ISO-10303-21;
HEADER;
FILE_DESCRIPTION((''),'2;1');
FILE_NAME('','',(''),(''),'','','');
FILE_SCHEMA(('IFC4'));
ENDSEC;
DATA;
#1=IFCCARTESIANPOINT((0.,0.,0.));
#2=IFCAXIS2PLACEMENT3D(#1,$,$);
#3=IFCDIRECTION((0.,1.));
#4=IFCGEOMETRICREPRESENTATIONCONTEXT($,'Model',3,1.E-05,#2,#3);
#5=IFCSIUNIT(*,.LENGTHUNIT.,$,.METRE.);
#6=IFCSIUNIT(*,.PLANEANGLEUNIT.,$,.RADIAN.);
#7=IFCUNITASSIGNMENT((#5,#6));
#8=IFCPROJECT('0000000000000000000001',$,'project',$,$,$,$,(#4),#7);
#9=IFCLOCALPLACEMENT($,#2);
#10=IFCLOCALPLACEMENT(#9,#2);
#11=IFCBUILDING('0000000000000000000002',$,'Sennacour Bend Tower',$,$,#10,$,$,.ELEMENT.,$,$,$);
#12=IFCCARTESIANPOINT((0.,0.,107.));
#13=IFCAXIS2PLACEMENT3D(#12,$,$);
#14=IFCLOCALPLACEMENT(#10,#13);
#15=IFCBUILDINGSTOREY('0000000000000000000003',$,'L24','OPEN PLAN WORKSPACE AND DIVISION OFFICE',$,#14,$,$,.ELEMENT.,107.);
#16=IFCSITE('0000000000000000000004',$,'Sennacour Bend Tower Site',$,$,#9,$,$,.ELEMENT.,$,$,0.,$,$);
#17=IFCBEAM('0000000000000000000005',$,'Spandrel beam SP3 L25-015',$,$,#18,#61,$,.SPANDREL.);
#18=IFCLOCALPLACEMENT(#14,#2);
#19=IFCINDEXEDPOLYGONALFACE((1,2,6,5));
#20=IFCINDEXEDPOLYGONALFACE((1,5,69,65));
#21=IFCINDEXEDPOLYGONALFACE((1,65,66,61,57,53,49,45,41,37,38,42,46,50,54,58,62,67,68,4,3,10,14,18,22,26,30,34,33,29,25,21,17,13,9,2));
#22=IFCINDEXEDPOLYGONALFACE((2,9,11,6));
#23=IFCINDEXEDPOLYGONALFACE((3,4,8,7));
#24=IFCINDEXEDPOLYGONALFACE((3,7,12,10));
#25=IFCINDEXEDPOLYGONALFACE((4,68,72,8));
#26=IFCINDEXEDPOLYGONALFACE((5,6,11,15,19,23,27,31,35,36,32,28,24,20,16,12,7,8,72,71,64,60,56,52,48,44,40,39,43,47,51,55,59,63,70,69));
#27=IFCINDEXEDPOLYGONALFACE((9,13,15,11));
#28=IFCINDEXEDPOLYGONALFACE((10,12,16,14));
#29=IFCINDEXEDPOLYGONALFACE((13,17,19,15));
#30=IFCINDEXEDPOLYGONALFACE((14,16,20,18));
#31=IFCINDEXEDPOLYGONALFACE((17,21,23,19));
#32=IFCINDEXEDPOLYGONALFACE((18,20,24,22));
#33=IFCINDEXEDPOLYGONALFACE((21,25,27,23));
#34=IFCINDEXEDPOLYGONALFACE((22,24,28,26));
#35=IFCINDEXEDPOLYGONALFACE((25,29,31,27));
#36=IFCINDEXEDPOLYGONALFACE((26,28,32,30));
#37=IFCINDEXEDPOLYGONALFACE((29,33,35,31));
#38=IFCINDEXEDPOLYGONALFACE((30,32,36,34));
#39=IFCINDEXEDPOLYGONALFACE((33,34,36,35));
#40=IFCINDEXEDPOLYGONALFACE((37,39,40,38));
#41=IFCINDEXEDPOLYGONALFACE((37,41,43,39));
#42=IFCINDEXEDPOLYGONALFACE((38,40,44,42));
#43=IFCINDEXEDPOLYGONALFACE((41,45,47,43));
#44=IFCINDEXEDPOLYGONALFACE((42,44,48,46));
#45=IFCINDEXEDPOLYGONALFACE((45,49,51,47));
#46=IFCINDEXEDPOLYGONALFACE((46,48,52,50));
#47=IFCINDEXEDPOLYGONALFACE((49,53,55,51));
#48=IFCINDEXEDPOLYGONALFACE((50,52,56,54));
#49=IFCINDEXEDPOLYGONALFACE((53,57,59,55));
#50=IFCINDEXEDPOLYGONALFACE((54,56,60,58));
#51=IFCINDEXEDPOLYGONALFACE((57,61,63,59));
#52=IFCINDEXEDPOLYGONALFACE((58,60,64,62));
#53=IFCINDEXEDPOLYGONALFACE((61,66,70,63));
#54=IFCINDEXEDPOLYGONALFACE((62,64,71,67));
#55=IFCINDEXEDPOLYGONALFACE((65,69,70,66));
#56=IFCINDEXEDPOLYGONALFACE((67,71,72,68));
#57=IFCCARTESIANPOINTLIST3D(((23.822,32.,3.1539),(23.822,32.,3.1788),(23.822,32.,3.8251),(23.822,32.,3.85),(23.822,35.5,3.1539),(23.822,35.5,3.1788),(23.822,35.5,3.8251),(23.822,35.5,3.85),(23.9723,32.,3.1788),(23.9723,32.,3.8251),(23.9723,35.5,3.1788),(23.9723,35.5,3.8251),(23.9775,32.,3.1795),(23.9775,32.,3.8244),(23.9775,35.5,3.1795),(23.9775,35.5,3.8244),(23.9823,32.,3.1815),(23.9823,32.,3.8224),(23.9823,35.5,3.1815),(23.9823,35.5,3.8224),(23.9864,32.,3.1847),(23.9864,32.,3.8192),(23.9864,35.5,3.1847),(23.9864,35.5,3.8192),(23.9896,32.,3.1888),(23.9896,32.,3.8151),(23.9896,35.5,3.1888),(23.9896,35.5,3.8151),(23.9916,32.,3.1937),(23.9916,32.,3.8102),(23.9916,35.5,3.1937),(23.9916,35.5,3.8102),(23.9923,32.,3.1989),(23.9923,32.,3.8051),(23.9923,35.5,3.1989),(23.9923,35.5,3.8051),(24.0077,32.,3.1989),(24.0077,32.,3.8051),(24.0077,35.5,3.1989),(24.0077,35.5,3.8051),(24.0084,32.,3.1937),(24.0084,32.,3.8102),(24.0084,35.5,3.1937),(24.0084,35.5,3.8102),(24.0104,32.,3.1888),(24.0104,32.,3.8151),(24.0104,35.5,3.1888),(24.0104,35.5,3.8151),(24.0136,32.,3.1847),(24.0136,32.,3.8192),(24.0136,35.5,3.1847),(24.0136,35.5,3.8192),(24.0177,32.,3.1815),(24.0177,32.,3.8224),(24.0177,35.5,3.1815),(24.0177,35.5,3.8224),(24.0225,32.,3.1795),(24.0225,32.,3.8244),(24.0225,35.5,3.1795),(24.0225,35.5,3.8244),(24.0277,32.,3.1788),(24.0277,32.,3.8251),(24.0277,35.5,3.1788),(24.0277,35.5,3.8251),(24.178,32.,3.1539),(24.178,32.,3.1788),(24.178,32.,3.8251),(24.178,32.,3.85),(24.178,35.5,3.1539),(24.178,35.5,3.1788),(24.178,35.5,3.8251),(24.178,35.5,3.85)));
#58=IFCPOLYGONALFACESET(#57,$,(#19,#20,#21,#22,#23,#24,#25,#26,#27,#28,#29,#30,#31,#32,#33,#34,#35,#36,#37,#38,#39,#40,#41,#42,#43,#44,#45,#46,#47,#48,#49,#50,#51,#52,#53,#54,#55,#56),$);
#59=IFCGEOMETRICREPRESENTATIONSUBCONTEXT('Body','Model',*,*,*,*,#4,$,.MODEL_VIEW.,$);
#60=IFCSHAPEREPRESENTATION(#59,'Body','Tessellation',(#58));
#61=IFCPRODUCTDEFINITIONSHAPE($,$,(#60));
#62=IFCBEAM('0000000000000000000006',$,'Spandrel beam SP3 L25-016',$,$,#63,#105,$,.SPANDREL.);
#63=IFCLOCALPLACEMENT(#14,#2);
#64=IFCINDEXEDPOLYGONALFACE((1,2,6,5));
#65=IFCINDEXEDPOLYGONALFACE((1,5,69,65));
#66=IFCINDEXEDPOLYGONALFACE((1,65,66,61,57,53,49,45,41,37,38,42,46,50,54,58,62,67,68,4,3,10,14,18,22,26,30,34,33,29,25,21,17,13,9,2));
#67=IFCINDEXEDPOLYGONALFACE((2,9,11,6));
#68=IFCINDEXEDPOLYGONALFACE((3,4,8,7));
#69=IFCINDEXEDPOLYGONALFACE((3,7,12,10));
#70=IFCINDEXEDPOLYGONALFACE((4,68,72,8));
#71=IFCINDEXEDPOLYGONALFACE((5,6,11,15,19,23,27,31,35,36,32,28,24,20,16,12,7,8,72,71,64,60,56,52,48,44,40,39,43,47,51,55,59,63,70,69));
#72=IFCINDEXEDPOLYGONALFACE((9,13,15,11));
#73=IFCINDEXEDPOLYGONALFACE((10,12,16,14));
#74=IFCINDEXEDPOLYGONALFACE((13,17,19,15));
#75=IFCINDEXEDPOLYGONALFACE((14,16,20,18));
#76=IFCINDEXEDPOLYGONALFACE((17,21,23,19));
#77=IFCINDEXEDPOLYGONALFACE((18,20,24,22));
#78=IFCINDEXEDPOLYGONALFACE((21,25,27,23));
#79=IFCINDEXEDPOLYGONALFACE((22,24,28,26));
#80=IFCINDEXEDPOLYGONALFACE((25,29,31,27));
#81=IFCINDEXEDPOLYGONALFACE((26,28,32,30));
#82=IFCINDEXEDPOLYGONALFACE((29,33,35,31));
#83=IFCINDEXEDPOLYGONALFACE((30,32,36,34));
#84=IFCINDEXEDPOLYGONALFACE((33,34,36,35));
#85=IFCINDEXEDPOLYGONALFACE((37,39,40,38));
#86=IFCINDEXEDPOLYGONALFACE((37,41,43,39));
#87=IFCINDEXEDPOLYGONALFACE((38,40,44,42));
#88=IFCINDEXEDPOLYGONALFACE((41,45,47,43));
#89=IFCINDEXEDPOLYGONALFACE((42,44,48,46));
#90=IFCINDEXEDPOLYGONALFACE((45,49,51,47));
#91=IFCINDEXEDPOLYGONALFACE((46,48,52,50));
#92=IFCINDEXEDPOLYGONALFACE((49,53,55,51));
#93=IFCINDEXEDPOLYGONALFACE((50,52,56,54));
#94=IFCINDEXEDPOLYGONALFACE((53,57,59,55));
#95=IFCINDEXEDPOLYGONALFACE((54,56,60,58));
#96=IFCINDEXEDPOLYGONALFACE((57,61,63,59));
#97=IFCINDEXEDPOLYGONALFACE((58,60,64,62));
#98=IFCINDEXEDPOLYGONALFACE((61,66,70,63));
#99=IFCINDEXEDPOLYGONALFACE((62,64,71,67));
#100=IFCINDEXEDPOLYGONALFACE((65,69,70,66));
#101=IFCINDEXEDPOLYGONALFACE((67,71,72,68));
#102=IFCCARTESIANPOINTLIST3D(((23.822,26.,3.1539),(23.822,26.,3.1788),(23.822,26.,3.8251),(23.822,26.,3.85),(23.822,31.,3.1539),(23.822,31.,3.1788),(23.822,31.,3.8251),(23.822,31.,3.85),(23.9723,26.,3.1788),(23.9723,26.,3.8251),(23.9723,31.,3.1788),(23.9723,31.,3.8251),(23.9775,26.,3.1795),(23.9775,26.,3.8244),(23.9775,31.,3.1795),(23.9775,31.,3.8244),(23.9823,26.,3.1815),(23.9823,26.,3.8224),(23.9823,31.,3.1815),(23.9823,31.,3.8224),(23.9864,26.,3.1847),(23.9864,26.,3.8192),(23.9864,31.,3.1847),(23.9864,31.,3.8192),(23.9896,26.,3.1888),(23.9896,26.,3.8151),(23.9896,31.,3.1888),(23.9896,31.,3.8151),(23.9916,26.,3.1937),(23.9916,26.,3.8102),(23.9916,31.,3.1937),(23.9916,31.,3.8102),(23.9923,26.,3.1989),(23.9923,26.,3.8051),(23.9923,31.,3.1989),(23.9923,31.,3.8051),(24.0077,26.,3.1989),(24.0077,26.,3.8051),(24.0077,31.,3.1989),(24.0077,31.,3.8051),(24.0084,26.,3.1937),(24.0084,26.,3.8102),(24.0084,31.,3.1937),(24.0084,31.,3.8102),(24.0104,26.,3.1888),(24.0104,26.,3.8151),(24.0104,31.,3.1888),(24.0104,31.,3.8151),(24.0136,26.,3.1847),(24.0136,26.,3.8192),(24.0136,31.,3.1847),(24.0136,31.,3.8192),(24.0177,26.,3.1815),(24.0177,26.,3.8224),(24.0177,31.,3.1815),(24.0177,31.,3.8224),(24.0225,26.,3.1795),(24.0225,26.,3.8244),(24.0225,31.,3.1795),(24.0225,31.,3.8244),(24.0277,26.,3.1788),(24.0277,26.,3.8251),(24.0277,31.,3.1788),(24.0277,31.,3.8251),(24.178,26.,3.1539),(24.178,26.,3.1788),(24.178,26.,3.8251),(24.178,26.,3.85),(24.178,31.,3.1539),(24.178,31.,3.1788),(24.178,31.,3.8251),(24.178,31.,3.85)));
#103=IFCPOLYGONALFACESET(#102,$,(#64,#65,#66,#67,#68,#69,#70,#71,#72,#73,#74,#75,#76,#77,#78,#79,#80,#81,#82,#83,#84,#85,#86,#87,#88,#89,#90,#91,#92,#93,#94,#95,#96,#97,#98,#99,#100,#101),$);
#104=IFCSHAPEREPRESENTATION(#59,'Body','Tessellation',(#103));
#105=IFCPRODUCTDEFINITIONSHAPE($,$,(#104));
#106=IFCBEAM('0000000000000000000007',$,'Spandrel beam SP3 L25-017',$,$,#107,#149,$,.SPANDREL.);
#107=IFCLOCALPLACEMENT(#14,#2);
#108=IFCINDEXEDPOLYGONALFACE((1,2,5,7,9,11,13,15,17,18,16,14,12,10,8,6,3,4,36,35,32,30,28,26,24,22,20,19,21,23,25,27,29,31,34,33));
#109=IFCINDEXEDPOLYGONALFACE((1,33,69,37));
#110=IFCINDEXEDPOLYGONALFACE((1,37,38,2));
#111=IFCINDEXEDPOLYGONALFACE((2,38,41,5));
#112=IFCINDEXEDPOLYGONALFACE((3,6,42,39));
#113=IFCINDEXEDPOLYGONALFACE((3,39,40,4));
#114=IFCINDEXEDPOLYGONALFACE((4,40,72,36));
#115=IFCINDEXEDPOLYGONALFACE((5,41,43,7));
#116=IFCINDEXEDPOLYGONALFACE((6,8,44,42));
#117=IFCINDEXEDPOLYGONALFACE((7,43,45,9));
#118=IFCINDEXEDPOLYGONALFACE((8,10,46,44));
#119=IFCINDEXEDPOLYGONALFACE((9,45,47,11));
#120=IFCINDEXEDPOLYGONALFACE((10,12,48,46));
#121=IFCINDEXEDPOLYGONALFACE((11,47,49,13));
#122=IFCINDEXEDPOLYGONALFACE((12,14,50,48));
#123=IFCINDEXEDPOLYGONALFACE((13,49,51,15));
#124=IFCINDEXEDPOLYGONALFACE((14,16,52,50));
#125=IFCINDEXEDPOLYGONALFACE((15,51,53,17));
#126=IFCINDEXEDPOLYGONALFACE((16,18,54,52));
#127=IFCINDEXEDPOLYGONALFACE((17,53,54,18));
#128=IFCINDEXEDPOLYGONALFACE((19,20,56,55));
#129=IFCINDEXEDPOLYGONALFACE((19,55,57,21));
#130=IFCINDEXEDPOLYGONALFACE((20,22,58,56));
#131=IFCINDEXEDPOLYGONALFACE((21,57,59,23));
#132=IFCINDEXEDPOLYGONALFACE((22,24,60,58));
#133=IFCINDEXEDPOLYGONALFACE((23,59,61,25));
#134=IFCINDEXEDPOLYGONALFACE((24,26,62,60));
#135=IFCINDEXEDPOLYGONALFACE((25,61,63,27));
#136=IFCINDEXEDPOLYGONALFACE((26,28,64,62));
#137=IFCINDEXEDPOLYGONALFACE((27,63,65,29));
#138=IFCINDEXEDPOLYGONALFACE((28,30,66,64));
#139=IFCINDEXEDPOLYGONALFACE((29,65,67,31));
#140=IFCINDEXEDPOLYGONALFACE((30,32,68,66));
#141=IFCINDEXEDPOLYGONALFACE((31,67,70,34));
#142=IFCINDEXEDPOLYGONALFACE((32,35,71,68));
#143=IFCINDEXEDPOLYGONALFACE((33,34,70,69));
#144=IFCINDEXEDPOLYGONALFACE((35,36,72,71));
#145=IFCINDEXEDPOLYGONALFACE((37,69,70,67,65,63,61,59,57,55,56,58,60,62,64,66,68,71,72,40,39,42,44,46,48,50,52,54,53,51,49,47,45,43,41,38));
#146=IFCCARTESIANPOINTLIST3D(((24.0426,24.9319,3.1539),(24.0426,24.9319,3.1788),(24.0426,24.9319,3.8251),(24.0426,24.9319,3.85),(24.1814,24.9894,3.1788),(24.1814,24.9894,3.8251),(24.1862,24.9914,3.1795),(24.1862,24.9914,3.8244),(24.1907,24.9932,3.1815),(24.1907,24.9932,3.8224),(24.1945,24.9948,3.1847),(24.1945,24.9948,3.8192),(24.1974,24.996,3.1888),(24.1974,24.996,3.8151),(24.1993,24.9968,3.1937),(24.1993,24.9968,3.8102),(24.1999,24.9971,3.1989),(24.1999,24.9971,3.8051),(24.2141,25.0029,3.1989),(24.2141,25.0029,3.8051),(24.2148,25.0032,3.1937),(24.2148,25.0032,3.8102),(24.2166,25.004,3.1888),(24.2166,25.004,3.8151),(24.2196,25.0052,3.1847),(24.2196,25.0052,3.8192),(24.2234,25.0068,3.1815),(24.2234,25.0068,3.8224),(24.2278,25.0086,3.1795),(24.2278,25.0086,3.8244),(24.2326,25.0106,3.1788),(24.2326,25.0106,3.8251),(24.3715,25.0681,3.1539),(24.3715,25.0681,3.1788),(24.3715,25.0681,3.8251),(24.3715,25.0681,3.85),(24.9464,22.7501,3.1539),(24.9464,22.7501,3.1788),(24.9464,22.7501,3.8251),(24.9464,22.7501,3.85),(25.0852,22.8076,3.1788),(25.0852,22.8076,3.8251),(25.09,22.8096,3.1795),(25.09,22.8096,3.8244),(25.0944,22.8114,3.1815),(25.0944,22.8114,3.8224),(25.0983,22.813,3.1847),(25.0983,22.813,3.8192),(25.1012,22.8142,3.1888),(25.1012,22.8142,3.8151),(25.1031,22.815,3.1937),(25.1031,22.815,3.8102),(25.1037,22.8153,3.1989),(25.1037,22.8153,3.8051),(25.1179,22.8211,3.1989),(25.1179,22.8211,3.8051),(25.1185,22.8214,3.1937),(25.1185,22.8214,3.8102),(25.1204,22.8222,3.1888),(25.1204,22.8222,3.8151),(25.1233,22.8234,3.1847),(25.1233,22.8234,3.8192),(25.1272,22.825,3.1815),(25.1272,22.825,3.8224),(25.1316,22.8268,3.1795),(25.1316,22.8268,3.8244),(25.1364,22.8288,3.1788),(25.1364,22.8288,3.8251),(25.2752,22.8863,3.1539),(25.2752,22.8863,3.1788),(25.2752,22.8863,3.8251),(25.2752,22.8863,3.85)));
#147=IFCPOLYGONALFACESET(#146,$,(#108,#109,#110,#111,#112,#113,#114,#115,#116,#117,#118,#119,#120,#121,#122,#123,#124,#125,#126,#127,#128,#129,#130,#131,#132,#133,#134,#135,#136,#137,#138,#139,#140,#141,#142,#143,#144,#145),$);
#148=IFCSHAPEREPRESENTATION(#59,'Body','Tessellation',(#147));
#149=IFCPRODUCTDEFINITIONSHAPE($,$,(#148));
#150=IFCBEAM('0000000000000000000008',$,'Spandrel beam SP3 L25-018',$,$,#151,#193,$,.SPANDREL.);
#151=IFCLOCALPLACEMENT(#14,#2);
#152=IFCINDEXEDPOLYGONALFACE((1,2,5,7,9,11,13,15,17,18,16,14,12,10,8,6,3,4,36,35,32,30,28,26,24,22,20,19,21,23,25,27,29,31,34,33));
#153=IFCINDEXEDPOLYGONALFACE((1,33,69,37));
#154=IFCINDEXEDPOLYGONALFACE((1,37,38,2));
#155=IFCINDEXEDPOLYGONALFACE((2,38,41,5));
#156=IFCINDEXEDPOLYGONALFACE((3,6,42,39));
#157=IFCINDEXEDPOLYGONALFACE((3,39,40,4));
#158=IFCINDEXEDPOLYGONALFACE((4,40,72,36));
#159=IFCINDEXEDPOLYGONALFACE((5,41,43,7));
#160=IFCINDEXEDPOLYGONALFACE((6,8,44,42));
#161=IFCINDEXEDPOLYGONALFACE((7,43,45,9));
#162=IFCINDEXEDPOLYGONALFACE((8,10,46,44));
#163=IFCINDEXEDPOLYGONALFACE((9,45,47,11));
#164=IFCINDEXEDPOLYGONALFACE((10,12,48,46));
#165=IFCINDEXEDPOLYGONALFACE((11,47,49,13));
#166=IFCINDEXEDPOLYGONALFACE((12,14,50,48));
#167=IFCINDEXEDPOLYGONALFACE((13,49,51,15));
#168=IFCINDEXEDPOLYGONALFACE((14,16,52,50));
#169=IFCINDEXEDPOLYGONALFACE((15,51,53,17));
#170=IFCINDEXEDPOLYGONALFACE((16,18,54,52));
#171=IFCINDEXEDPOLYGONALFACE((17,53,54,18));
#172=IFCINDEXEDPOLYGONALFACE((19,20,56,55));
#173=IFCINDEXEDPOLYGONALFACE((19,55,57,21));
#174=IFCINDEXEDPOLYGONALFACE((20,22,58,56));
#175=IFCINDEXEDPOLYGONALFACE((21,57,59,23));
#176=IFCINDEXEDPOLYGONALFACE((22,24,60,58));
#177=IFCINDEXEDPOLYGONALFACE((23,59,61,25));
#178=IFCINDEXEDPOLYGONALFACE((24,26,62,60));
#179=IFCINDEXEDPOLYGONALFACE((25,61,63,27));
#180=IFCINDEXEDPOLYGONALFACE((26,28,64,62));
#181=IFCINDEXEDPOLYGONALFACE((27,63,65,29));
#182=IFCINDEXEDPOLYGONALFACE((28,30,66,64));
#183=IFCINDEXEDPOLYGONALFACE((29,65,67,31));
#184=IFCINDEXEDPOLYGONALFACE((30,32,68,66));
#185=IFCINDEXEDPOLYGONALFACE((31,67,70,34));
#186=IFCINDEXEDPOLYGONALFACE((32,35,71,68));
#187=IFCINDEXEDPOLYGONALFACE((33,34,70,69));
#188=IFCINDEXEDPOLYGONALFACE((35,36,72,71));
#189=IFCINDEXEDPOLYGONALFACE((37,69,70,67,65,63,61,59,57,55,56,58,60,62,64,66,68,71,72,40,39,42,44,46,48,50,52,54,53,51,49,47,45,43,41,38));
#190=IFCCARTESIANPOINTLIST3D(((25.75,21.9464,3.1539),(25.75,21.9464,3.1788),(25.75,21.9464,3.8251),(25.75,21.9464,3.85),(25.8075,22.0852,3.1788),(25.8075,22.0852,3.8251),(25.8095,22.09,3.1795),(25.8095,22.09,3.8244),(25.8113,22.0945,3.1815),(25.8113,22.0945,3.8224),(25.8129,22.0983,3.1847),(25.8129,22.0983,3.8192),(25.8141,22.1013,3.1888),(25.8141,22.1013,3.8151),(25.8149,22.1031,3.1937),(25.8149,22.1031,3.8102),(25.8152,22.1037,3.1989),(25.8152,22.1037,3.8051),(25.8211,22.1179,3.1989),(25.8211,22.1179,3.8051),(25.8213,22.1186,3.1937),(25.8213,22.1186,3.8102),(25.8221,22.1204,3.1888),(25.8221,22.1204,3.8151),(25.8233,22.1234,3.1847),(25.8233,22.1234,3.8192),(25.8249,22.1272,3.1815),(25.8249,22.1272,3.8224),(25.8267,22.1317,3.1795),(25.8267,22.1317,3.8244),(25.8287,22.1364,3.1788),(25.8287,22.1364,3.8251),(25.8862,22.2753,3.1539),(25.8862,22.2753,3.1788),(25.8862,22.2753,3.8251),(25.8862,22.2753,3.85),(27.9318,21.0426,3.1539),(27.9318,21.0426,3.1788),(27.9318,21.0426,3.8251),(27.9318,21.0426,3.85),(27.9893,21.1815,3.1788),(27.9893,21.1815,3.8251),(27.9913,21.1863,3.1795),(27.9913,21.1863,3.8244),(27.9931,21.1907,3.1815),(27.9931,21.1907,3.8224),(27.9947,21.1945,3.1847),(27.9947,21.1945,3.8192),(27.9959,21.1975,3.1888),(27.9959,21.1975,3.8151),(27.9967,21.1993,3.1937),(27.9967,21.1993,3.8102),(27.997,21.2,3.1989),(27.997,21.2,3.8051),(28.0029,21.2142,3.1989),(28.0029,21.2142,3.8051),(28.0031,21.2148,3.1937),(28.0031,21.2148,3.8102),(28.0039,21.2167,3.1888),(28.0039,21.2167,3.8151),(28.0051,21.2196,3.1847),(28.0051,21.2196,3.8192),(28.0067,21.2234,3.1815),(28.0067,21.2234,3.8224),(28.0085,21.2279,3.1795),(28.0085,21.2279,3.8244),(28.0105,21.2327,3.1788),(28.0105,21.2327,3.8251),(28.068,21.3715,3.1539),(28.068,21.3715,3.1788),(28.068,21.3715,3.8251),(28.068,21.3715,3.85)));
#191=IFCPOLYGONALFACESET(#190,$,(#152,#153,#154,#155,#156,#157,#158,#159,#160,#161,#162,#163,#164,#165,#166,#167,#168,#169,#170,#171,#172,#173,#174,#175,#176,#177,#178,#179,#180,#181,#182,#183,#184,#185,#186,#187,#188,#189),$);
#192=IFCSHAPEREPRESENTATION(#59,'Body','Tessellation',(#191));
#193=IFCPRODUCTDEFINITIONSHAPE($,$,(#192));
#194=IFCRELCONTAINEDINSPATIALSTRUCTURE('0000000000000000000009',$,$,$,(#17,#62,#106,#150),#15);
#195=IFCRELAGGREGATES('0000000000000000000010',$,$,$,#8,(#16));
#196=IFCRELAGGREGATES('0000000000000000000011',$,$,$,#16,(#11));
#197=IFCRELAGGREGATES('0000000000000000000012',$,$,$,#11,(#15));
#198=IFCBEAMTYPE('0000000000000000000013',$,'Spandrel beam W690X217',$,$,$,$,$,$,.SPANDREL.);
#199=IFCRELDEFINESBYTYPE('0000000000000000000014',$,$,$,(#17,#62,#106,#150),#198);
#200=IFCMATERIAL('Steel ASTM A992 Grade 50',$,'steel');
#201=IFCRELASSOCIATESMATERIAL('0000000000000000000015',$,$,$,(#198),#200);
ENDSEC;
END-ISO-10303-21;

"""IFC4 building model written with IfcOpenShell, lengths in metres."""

from ifc_helpers import new_model, si_unit, direction, frame, origin, origin_2d, place, context, subcontext, project, spatial, i_section, extrude, material, material_profile, profile_set, type_object, element, save


model = new_model("IFC4")

# Units and contexts
model_context = context("Model", 3, precision=1e-05, world=origin(), true_north=direction((0.0, 1.0)))
body_context = subcontext(model_context, "Body", "Model", "MODEL_VIEW")
ifc_project = project(units=[si_unit("LENGTHUNIT", "METRE"), si_unit("PLANEANGLEUNIT", "RADIAN")], contexts=[model_context])

# Site, building, storey
site_placement = place(None, origin())
site = spatial("IfcSite", under=ifc_project, at=site_placement, Name="Sennacour Bend Tower Site", CompositionType="ELEMENT", RefElevation=0.0)
building_placement = place(site_placement, origin())
building = spatial("IfcBuilding", under=site, at=building_placement, Name="Sennacour Bend Tower", CompositionType="ELEMENT")
storey_placement = place(building_placement, frame((0.0, 0.0, 107.0)))
storey = spatial("IfcBuildingStorey", under=building, at=storey_placement, Name="L24", Description="OPEN PLAN WORKSPACE AND DIVISION OFFICE", CompositionType="ELEMENT", Elevation=107.0)

# Beams
ifc_material_1 = material(Name="Steel ASTM A992 Grade 50", Category="steel")
ifc_material_profile_1 = material_profile(ifc_material_1, i_section(OverallWidth=0.356, OverallDepth=0.696, WebThickness=0.0154, FlangeThickness=0.0249, FilletRadius=0.02, at=origin_2d()), Name="Steel ASTM A992 Grade 50", Category="steel")
ifc_profile_set_1 = profile_set([ifc_material_profile_1], Name="Steel ASTM A992 Grade 50")
beam_type_1 = type_object("IfcBeamType", Name="Spandrel beam W690X217", PredefinedType="SPANDREL", material=ifc_profile_set_1)
beam_1_placement = place(storey_placement, frame((24.0, 35.5, 3.502), z_axis=(0.0, -1.0, 0.0), x_axis=(1.0, 0.0, 0.0)))
element("IfcBeam", 1, at=beam_1_placement, inside=storey, type_object=beam_type_1, Name="Spandrel beam SP3 L25-015", PredefinedType="SPANDREL", context=body_context, shape_type="SweptSolid", body=[
    extrude(i_section(OverallWidth=0.356, OverallDepth=0.696, WebThickness=0.0154, FlangeThickness=0.0249, FilletRadius=0.02, at=origin_2d()), origin(), (0.0, 0.0, 1.0), 3.5),
])
beam_2_placement = place(storey_placement, frame((24.0, 31.0, 3.502), z_axis=(0.0, -1.0, 0.0), x_axis=(1.0, 0.0, 0.0)))
element("IfcBeam", 2, at=beam_2_placement, inside=storey, type_object=beam_type_1, Name="Spandrel beam SP3 L25-016", PredefinedType="SPANDREL", context=body_context, shape_type="SweptSolid", body=[
    extrude(i_section(OverallWidth=0.356, OverallDepth=0.696, WebThickness=0.0154, FlangeThickness=0.0249, FilletRadius=0.02, at=origin_2d()), origin(), (0.0, 0.0, 1.0), 5.0),
])
for number, where, z_axis, x_axis, name in (
    (3, (24.207, 25.0, 3.502), (0.382699, -0.923873, 0.0), (0.923873, 0.382699, 0.0), "Spandrel beam SP3 L25-017"),
    (4, (25.8181, 22.1108, 3.502), (0.923873, -0.382699, 0.0), (0.382699, 0.923873, 0.0), "Spandrel beam SP3 L25-018"),
):
    element("IfcBeam", number, at=place(storey_placement, frame(where, z_axis=z_axis, x_axis=x_axis)), inside=storey, type_object=beam_type_1, Name=name, PredefinedType="SPANDREL", context=body_context, shape_type="SweptSolid", body=[
        extrude(i_section(OverallWidth=0.356, OverallDepth=0.696, WebThickness=0.0154, FlangeThickness=0.0249, FilletRadius=0.02, at=origin_2d()), origin(), (0.0, 0.0, 1.0), 2.3616),
    ])

save(model, "model.ifc")
